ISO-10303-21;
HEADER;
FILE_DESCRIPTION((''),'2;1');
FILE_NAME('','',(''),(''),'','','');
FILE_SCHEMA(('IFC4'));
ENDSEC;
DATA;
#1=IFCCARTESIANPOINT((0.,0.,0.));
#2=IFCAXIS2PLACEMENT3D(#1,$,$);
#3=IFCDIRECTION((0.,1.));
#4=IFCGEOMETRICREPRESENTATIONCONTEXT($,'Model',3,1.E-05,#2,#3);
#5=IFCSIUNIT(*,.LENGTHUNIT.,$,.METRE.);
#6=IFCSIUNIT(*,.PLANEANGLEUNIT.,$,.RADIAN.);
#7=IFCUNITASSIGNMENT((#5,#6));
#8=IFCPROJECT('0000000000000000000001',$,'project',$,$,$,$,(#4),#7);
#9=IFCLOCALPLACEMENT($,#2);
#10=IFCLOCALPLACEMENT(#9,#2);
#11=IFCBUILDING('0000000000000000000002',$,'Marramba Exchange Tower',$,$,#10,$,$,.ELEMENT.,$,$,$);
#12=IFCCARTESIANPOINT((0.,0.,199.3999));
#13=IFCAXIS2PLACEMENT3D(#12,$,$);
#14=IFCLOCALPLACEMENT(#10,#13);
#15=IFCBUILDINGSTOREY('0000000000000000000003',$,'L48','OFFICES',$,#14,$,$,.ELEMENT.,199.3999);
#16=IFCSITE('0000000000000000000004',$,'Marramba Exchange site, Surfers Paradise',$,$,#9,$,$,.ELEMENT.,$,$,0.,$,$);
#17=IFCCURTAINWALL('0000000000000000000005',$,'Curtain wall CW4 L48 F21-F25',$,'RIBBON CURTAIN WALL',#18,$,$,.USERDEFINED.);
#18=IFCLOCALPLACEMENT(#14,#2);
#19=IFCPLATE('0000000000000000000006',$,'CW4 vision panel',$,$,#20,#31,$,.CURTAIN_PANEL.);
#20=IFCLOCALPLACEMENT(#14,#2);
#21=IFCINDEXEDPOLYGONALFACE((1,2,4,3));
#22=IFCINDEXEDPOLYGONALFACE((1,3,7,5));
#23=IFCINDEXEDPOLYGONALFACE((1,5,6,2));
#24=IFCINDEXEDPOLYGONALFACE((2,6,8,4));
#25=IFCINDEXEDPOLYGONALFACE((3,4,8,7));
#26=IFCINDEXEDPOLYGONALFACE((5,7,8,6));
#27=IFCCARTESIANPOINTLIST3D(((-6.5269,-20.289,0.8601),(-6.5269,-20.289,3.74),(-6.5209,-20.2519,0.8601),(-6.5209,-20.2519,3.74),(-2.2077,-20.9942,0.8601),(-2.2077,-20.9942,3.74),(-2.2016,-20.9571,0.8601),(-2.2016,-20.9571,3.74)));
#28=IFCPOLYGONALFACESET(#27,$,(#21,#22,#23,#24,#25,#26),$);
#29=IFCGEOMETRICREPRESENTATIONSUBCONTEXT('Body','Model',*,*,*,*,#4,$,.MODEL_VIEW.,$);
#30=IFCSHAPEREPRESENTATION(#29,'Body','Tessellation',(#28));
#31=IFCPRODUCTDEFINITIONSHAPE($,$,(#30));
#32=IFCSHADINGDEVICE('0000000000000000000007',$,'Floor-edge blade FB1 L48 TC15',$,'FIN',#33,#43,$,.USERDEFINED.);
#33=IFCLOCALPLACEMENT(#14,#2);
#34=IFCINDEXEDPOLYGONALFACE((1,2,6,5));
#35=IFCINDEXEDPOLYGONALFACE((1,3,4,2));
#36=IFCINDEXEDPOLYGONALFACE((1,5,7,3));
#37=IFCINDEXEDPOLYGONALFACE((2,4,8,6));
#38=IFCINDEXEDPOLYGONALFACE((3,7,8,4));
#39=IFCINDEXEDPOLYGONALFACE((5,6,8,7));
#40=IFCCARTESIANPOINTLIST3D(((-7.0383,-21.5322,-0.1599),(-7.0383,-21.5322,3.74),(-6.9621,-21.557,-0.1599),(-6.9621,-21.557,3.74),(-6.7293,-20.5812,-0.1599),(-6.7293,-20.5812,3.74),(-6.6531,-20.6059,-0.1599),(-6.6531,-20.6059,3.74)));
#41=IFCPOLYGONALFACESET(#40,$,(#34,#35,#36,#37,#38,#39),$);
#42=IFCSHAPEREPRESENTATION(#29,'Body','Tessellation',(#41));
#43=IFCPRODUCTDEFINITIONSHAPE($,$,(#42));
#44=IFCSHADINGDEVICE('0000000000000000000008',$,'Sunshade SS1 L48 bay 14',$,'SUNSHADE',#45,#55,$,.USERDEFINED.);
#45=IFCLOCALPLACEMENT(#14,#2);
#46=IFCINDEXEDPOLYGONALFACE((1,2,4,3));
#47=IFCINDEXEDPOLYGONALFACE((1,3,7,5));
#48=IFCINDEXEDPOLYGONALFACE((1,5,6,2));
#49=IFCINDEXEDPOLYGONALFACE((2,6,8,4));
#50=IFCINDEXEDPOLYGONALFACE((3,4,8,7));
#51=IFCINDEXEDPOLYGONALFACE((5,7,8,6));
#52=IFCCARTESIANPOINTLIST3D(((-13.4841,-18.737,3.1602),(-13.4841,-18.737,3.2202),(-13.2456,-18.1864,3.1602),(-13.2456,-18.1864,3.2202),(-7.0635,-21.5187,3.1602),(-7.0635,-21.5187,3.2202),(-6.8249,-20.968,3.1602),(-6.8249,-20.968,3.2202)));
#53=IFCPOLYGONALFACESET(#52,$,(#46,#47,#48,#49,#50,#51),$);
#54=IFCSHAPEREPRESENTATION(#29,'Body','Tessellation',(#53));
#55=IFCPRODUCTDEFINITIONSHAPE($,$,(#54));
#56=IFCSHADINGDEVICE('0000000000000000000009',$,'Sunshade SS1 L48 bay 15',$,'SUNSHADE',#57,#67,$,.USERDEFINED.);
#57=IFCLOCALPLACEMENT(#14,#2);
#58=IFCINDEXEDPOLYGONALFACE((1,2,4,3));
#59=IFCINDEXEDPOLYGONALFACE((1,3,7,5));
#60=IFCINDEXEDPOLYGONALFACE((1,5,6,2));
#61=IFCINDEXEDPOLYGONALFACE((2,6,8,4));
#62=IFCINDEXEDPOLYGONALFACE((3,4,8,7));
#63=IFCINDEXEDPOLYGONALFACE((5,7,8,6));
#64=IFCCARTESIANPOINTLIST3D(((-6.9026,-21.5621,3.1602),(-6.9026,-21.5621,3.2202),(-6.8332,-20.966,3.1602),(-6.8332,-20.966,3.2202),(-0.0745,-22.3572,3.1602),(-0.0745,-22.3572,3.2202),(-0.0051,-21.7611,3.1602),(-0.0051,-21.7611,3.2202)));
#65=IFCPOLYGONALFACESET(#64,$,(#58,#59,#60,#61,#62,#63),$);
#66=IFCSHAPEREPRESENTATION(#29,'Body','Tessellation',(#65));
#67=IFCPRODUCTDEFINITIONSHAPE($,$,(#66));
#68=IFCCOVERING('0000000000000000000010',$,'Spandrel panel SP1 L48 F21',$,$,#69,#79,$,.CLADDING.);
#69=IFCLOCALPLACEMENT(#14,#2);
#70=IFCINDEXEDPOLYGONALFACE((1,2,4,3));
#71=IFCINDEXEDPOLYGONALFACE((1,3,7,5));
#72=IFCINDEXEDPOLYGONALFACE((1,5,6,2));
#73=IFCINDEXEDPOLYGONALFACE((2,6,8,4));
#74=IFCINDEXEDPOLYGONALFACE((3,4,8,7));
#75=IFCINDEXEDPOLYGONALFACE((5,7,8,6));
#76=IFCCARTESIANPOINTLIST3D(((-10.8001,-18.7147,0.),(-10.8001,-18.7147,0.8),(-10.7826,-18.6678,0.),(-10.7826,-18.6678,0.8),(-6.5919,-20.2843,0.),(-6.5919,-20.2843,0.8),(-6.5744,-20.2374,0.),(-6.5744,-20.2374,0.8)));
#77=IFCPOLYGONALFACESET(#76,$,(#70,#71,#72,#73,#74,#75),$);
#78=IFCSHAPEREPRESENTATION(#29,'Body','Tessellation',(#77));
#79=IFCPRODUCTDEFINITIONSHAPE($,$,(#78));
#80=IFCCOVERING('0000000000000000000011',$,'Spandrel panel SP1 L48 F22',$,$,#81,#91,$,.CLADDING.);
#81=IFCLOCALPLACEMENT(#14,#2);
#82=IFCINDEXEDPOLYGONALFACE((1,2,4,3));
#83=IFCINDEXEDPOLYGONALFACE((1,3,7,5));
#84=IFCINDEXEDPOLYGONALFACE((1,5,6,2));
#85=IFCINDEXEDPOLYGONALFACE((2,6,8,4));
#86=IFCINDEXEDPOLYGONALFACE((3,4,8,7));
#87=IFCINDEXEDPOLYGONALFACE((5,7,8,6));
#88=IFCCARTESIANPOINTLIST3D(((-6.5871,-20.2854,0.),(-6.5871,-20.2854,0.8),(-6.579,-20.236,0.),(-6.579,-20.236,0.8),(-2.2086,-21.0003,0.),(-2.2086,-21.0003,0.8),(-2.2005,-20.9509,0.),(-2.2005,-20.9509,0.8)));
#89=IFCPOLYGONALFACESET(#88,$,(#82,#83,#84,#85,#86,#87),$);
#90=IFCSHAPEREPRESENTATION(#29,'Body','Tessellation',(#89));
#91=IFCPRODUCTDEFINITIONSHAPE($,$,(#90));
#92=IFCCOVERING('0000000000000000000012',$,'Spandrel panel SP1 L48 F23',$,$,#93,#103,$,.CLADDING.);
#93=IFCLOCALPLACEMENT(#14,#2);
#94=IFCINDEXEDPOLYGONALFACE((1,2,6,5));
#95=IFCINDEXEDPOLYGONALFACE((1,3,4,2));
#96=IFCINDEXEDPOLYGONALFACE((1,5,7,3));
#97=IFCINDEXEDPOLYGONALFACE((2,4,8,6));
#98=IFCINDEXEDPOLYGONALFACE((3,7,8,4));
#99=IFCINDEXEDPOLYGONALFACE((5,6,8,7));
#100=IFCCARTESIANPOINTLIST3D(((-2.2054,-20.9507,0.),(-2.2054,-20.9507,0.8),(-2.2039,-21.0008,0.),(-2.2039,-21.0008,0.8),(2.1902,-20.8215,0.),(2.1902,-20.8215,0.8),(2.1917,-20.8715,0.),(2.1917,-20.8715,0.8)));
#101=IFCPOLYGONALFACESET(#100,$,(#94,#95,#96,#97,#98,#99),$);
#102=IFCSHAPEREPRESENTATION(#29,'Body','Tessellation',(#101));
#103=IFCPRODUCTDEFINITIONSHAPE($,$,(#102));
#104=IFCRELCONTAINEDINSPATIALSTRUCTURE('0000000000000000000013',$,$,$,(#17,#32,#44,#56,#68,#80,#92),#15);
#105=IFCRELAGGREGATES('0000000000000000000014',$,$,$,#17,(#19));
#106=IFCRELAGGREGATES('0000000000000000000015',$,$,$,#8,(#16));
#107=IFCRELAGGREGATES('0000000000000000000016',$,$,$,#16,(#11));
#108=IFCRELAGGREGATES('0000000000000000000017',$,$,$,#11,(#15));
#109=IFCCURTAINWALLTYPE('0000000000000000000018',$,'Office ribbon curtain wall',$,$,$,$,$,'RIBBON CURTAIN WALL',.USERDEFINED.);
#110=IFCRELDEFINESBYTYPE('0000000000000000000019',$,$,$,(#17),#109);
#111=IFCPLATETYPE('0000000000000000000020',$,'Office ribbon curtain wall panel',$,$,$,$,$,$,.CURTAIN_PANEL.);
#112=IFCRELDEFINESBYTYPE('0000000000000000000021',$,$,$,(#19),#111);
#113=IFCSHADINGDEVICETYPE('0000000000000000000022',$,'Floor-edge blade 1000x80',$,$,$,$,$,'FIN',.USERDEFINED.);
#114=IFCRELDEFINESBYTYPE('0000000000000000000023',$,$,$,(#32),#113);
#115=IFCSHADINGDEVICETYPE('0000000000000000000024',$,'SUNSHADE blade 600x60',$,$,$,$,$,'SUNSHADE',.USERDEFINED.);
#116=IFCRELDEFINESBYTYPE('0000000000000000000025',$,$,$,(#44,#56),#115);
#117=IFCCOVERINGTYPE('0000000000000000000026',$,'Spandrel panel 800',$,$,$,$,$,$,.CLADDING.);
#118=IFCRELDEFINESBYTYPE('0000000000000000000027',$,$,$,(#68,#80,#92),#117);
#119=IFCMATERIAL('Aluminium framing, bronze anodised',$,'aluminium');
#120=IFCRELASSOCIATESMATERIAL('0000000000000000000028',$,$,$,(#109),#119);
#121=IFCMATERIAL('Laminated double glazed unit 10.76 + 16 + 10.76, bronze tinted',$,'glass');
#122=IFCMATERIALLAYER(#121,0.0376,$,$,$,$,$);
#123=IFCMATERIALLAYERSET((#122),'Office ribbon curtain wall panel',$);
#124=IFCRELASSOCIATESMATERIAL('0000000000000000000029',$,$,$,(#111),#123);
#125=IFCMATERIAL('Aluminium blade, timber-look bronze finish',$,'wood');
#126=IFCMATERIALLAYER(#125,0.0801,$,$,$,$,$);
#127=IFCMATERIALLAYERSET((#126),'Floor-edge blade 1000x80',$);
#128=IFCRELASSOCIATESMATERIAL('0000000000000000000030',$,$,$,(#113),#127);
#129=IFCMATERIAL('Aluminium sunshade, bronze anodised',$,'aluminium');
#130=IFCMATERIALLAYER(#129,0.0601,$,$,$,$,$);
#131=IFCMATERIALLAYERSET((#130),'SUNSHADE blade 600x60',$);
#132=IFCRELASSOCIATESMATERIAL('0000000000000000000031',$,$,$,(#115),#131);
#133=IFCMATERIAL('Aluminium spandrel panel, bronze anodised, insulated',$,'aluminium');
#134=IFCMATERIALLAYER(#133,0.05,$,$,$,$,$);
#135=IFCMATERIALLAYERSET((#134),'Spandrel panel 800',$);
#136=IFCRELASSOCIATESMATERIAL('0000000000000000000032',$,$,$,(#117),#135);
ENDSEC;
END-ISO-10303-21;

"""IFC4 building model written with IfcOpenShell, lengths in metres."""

from ifc_helpers import new_model, si_unit, direction, frame, origin, origin_2d, place, context, subcontext, project, spatial, rectangle, extrude, material, layer, layer_set, type_object, element, aggregate, save


model = new_model("IFC4")

# Units and contexts
model_context = context("Model", 3, precision=1e-05, world=origin(), true_north=direction((0.0, 1.0)))
body_context = subcontext(model_context, "Body", "Model", "MODEL_VIEW")
ifc_project = project(units=[si_unit("LENGTHUNIT", "METRE"), si_unit("PLANEANGLEUNIT", "RADIAN")], contexts=[model_context])

# Site, building, storey
site_placement = place(None, origin())
site = spatial("IfcSite", under=ifc_project, at=site_placement, Name="Marramba Exchange site, Surfers Paradise", CompositionType="ELEMENT", RefElevation=0.0)
building_placement = place(site_placement, origin())
building = spatial("IfcBuilding", under=site, at=building_placement, Name="Marramba Exchange Tower", CompositionType="ELEMENT")
storey_placement = place(building_placement, frame((0.0, 0.0, 199.3999)))
storey = spatial("IfcBuildingStorey", under=building, at=storey_placement, Name="L48", Description="OFFICES", CompositionType="ELEMENT", Elevation=199.3999)

# Curtain wall
ifc_material_1 = material(Name="Aluminium framing, bronze anodised", Category="aluminium")
curtain_wall_type = type_object("IfcCurtainWallType", Name="Office ribbon curtain wall", ElementType="RIBBON CURTAIN WALL", PredefinedType="USERDEFINED", material=ifc_material_1)
curtain_wall_1_placement = place(storey_placement, origin())
curtain_wall_1 = element("IfcCurtainWall", 1, at=curtain_wall_1_placement, inside=storey, type_object=curtain_wall_type, Name="Curtain wall CW4 L48 F21-F25", ObjectType="RIBBON CURTAIN WALL", PredefinedType="USERDEFINED")

# Shared definitions
ifc_material_2 = material(Name="Laminated double glazed unit 10.76 + 16 + 10.76, bronze tinted", Category="glass")
ifc_layer_1 = layer(ifc_material_2, 0.0376)
ifc_layer_set_1 = layer_set([ifc_layer_1], Name="Office ribbon curtain wall panel")
plate_type = type_object("IfcPlateType", Name="Office ribbon curtain wall panel", PredefinedType="CURTAIN_PANEL", material=ifc_layer_set_1)

# Plate
plate_1_placement = place(storey_placement, frame((-4.3643, -20.623, 0.8601), z_axis=(0.0, 0.0, 1.0), x_axis=(0.986931, -0.161146, 0.0)))
plate_1 = element("IfcPlate", 2, at=plate_1_placement, type_object=plate_type, Name="CW4 vision panel", PredefinedType="CURTAIN_PANEL", context=body_context, shape_type="SweptSolid", body=[
    extrude(rectangle(XDim=4.3765, YDim=0.0376, at=origin_2d()), origin(), (0.0, 0.0, 1.0), 2.8799),
])
aggregate(curtain_wall_1, [plate_1])

# Shading devices
ifc_material_3 = material(Name="Aluminium blade, timber-look bronze finish", Category="wood")
ifc_layer_2 = layer(ifc_material_3, 0.0801)
ifc_layer_set_2 = layer_set([ifc_layer_2], Name="Floor-edge blade 1000x80")
shading_device_type_1 = type_object("IfcShadingDeviceType", Name="Floor-edge blade 1000x80", ElementType="FIN", PredefinedType="USERDEFINED", material=ifc_layer_set_2)
shading_device_1_placement = place(storey_placement, frame((-6.8457, -21.0691, -0.1599), z_axis=(0.0, 0.0, 1.0), x_axis=(-0.309017, -0.951057, 0.0)))
element("IfcShadingDevice", 3, at=shading_device_1_placement, inside=storey, type_object=shading_device_type_1, Name="Floor-edge blade FB1 L48 TC15", ObjectType="FIN", PredefinedType="USERDEFINED", context=body_context, shape_type="SweptSolid", body=[
    extrude(rectangle(XDim=1.0, YDim=0.0801, at=origin_2d()), origin(), (0.0, 0.0, 1.0), 3.8999),
])
ifc_material_4 = material(Name="Aluminium sunshade, bronze anodised", Category="aluminium")
ifc_layer_3 = layer(ifc_material_4, 0.0601)
ifc_layer_set_3 = layer_set([ifc_layer_3], Name="SUNSHADE blade 600x60")
shading_device_type_2 = type_object("IfcShadingDeviceType", Name="SUNSHADE blade 600x60", ElementType="SUNSHADE", PredefinedType="USERDEFINED", material=ifc_layer_set_3)
shading_device_2_placement = place(storey_placement, frame((-10.1545, -19.8525, 3.1602), z_axis=(0.0, 0.0, 1.0), x_axis=(0.917589, -0.39753, 0.0)))
element("IfcShadingDevice", 4, at=shading_device_2_placement, inside=storey, type_object=shading_device_type_2, Name="Sunshade SS1 L48 bay 14", ObjectType="SUNSHADE", PredefinedType="USERDEFINED", context=body_context, shape_type="SweptSolid", body=[
    extrude(rectangle(XDim=6.9973, YDim=0.6001, at=origin_2d()), origin(), (0.0, 0.0, 1.0), 0.0601),
])
shading_device_3_placement = place(storey_placement, frame((-3.4539, -21.6616, 3.1602), z_axis=(0.0, 0.0, 1.0), x_axis=(0.993288, -0.115665, 0.0)))
element("IfcShadingDevice", 5, at=shading_device_3_placement, inside=storey, type_object=shading_device_type_2, Name="Sunshade SS1 L48 bay 15", ObjectType="SUNSHADE", PredefinedType="USERDEFINED", context=body_context, shape_type="SweptSolid", body=[
    extrude(rectangle(XDim=6.8743, YDim=0.6001, at=origin_2d()), origin(), (0.0, 0.0, 1.0), 0.0601),
])

# Coverings
ifc_material_5 = material(Name="Aluminium spandrel panel, bronze anodised, insulated", Category="aluminium")
ifc_layer_4 = layer(ifc_material_5, 0.05)
ifc_layer_set_4 = layer_set([ifc_layer_4], Name="Spandrel panel 800")
covering_type = type_object("IfcCoveringType", Name="Spandrel panel 800", PredefinedType="CLADDING", material=ifc_layer_set_4)
covering_1_placement = place(storey_placement, frame((-8.6873, -19.4761, 0.0), z_axis=(0.0, 0.0, 1.0), x_axis=(0.936952, -0.349459, 0.0)))
element("IfcCovering", 6, at=covering_1_placement, inside=storey, type_object=covering_type, Name="Spandrel panel SP1 L48 F21", PredefinedType="CLADDING", context=body_context, shape_type="SweptSolid", body=[
    extrude(rectangle(XDim=4.4915, YDim=0.05, at=origin_2d()), origin(), (0.0, 0.0, 1.0), 0.8),
])
covering_2_placement = place(storey_placement, frame((-4.3938, -20.6182, 0.0), z_axis=(0.0, 0.0, 1.0), x_axis=(0.986931, -0.161146, 0.0)))
element("IfcCovering", 7, at=covering_2_placement, inside=storey, type_object=covering_type, Name="Spandrel panel SP1 L48 F22", PredefinedType="CLADDING", context=body_context, shape_type="SweptSolid", body=[
    extrude(rectangle(XDim=4.4365, YDim=0.05, at=origin_2d()), origin(), (0.0, 0.0, 1.0), 0.8),
])
covering_3_placement = place(storey_placement, frame((-0.0068, -20.9111, 0.0), z_axis=(0.0, 0.0, 1.0), x_axis=(0.999568, 0.029393, 0.0)))
element("IfcCovering", 8, at=covering_3_placement, inside=storey, type_object=covering_type, Name="Spandrel panel SP1 L48 F23", PredefinedType="CLADDING", context=body_context, shape_type="SweptSolid", body=[
    extrude(rectangle(XDim=4.3975, YDim=0.05, at=origin_2d()), origin(), (0.0, 0.0, 1.0), 0.8),
])

save(model, "model.ifc")
